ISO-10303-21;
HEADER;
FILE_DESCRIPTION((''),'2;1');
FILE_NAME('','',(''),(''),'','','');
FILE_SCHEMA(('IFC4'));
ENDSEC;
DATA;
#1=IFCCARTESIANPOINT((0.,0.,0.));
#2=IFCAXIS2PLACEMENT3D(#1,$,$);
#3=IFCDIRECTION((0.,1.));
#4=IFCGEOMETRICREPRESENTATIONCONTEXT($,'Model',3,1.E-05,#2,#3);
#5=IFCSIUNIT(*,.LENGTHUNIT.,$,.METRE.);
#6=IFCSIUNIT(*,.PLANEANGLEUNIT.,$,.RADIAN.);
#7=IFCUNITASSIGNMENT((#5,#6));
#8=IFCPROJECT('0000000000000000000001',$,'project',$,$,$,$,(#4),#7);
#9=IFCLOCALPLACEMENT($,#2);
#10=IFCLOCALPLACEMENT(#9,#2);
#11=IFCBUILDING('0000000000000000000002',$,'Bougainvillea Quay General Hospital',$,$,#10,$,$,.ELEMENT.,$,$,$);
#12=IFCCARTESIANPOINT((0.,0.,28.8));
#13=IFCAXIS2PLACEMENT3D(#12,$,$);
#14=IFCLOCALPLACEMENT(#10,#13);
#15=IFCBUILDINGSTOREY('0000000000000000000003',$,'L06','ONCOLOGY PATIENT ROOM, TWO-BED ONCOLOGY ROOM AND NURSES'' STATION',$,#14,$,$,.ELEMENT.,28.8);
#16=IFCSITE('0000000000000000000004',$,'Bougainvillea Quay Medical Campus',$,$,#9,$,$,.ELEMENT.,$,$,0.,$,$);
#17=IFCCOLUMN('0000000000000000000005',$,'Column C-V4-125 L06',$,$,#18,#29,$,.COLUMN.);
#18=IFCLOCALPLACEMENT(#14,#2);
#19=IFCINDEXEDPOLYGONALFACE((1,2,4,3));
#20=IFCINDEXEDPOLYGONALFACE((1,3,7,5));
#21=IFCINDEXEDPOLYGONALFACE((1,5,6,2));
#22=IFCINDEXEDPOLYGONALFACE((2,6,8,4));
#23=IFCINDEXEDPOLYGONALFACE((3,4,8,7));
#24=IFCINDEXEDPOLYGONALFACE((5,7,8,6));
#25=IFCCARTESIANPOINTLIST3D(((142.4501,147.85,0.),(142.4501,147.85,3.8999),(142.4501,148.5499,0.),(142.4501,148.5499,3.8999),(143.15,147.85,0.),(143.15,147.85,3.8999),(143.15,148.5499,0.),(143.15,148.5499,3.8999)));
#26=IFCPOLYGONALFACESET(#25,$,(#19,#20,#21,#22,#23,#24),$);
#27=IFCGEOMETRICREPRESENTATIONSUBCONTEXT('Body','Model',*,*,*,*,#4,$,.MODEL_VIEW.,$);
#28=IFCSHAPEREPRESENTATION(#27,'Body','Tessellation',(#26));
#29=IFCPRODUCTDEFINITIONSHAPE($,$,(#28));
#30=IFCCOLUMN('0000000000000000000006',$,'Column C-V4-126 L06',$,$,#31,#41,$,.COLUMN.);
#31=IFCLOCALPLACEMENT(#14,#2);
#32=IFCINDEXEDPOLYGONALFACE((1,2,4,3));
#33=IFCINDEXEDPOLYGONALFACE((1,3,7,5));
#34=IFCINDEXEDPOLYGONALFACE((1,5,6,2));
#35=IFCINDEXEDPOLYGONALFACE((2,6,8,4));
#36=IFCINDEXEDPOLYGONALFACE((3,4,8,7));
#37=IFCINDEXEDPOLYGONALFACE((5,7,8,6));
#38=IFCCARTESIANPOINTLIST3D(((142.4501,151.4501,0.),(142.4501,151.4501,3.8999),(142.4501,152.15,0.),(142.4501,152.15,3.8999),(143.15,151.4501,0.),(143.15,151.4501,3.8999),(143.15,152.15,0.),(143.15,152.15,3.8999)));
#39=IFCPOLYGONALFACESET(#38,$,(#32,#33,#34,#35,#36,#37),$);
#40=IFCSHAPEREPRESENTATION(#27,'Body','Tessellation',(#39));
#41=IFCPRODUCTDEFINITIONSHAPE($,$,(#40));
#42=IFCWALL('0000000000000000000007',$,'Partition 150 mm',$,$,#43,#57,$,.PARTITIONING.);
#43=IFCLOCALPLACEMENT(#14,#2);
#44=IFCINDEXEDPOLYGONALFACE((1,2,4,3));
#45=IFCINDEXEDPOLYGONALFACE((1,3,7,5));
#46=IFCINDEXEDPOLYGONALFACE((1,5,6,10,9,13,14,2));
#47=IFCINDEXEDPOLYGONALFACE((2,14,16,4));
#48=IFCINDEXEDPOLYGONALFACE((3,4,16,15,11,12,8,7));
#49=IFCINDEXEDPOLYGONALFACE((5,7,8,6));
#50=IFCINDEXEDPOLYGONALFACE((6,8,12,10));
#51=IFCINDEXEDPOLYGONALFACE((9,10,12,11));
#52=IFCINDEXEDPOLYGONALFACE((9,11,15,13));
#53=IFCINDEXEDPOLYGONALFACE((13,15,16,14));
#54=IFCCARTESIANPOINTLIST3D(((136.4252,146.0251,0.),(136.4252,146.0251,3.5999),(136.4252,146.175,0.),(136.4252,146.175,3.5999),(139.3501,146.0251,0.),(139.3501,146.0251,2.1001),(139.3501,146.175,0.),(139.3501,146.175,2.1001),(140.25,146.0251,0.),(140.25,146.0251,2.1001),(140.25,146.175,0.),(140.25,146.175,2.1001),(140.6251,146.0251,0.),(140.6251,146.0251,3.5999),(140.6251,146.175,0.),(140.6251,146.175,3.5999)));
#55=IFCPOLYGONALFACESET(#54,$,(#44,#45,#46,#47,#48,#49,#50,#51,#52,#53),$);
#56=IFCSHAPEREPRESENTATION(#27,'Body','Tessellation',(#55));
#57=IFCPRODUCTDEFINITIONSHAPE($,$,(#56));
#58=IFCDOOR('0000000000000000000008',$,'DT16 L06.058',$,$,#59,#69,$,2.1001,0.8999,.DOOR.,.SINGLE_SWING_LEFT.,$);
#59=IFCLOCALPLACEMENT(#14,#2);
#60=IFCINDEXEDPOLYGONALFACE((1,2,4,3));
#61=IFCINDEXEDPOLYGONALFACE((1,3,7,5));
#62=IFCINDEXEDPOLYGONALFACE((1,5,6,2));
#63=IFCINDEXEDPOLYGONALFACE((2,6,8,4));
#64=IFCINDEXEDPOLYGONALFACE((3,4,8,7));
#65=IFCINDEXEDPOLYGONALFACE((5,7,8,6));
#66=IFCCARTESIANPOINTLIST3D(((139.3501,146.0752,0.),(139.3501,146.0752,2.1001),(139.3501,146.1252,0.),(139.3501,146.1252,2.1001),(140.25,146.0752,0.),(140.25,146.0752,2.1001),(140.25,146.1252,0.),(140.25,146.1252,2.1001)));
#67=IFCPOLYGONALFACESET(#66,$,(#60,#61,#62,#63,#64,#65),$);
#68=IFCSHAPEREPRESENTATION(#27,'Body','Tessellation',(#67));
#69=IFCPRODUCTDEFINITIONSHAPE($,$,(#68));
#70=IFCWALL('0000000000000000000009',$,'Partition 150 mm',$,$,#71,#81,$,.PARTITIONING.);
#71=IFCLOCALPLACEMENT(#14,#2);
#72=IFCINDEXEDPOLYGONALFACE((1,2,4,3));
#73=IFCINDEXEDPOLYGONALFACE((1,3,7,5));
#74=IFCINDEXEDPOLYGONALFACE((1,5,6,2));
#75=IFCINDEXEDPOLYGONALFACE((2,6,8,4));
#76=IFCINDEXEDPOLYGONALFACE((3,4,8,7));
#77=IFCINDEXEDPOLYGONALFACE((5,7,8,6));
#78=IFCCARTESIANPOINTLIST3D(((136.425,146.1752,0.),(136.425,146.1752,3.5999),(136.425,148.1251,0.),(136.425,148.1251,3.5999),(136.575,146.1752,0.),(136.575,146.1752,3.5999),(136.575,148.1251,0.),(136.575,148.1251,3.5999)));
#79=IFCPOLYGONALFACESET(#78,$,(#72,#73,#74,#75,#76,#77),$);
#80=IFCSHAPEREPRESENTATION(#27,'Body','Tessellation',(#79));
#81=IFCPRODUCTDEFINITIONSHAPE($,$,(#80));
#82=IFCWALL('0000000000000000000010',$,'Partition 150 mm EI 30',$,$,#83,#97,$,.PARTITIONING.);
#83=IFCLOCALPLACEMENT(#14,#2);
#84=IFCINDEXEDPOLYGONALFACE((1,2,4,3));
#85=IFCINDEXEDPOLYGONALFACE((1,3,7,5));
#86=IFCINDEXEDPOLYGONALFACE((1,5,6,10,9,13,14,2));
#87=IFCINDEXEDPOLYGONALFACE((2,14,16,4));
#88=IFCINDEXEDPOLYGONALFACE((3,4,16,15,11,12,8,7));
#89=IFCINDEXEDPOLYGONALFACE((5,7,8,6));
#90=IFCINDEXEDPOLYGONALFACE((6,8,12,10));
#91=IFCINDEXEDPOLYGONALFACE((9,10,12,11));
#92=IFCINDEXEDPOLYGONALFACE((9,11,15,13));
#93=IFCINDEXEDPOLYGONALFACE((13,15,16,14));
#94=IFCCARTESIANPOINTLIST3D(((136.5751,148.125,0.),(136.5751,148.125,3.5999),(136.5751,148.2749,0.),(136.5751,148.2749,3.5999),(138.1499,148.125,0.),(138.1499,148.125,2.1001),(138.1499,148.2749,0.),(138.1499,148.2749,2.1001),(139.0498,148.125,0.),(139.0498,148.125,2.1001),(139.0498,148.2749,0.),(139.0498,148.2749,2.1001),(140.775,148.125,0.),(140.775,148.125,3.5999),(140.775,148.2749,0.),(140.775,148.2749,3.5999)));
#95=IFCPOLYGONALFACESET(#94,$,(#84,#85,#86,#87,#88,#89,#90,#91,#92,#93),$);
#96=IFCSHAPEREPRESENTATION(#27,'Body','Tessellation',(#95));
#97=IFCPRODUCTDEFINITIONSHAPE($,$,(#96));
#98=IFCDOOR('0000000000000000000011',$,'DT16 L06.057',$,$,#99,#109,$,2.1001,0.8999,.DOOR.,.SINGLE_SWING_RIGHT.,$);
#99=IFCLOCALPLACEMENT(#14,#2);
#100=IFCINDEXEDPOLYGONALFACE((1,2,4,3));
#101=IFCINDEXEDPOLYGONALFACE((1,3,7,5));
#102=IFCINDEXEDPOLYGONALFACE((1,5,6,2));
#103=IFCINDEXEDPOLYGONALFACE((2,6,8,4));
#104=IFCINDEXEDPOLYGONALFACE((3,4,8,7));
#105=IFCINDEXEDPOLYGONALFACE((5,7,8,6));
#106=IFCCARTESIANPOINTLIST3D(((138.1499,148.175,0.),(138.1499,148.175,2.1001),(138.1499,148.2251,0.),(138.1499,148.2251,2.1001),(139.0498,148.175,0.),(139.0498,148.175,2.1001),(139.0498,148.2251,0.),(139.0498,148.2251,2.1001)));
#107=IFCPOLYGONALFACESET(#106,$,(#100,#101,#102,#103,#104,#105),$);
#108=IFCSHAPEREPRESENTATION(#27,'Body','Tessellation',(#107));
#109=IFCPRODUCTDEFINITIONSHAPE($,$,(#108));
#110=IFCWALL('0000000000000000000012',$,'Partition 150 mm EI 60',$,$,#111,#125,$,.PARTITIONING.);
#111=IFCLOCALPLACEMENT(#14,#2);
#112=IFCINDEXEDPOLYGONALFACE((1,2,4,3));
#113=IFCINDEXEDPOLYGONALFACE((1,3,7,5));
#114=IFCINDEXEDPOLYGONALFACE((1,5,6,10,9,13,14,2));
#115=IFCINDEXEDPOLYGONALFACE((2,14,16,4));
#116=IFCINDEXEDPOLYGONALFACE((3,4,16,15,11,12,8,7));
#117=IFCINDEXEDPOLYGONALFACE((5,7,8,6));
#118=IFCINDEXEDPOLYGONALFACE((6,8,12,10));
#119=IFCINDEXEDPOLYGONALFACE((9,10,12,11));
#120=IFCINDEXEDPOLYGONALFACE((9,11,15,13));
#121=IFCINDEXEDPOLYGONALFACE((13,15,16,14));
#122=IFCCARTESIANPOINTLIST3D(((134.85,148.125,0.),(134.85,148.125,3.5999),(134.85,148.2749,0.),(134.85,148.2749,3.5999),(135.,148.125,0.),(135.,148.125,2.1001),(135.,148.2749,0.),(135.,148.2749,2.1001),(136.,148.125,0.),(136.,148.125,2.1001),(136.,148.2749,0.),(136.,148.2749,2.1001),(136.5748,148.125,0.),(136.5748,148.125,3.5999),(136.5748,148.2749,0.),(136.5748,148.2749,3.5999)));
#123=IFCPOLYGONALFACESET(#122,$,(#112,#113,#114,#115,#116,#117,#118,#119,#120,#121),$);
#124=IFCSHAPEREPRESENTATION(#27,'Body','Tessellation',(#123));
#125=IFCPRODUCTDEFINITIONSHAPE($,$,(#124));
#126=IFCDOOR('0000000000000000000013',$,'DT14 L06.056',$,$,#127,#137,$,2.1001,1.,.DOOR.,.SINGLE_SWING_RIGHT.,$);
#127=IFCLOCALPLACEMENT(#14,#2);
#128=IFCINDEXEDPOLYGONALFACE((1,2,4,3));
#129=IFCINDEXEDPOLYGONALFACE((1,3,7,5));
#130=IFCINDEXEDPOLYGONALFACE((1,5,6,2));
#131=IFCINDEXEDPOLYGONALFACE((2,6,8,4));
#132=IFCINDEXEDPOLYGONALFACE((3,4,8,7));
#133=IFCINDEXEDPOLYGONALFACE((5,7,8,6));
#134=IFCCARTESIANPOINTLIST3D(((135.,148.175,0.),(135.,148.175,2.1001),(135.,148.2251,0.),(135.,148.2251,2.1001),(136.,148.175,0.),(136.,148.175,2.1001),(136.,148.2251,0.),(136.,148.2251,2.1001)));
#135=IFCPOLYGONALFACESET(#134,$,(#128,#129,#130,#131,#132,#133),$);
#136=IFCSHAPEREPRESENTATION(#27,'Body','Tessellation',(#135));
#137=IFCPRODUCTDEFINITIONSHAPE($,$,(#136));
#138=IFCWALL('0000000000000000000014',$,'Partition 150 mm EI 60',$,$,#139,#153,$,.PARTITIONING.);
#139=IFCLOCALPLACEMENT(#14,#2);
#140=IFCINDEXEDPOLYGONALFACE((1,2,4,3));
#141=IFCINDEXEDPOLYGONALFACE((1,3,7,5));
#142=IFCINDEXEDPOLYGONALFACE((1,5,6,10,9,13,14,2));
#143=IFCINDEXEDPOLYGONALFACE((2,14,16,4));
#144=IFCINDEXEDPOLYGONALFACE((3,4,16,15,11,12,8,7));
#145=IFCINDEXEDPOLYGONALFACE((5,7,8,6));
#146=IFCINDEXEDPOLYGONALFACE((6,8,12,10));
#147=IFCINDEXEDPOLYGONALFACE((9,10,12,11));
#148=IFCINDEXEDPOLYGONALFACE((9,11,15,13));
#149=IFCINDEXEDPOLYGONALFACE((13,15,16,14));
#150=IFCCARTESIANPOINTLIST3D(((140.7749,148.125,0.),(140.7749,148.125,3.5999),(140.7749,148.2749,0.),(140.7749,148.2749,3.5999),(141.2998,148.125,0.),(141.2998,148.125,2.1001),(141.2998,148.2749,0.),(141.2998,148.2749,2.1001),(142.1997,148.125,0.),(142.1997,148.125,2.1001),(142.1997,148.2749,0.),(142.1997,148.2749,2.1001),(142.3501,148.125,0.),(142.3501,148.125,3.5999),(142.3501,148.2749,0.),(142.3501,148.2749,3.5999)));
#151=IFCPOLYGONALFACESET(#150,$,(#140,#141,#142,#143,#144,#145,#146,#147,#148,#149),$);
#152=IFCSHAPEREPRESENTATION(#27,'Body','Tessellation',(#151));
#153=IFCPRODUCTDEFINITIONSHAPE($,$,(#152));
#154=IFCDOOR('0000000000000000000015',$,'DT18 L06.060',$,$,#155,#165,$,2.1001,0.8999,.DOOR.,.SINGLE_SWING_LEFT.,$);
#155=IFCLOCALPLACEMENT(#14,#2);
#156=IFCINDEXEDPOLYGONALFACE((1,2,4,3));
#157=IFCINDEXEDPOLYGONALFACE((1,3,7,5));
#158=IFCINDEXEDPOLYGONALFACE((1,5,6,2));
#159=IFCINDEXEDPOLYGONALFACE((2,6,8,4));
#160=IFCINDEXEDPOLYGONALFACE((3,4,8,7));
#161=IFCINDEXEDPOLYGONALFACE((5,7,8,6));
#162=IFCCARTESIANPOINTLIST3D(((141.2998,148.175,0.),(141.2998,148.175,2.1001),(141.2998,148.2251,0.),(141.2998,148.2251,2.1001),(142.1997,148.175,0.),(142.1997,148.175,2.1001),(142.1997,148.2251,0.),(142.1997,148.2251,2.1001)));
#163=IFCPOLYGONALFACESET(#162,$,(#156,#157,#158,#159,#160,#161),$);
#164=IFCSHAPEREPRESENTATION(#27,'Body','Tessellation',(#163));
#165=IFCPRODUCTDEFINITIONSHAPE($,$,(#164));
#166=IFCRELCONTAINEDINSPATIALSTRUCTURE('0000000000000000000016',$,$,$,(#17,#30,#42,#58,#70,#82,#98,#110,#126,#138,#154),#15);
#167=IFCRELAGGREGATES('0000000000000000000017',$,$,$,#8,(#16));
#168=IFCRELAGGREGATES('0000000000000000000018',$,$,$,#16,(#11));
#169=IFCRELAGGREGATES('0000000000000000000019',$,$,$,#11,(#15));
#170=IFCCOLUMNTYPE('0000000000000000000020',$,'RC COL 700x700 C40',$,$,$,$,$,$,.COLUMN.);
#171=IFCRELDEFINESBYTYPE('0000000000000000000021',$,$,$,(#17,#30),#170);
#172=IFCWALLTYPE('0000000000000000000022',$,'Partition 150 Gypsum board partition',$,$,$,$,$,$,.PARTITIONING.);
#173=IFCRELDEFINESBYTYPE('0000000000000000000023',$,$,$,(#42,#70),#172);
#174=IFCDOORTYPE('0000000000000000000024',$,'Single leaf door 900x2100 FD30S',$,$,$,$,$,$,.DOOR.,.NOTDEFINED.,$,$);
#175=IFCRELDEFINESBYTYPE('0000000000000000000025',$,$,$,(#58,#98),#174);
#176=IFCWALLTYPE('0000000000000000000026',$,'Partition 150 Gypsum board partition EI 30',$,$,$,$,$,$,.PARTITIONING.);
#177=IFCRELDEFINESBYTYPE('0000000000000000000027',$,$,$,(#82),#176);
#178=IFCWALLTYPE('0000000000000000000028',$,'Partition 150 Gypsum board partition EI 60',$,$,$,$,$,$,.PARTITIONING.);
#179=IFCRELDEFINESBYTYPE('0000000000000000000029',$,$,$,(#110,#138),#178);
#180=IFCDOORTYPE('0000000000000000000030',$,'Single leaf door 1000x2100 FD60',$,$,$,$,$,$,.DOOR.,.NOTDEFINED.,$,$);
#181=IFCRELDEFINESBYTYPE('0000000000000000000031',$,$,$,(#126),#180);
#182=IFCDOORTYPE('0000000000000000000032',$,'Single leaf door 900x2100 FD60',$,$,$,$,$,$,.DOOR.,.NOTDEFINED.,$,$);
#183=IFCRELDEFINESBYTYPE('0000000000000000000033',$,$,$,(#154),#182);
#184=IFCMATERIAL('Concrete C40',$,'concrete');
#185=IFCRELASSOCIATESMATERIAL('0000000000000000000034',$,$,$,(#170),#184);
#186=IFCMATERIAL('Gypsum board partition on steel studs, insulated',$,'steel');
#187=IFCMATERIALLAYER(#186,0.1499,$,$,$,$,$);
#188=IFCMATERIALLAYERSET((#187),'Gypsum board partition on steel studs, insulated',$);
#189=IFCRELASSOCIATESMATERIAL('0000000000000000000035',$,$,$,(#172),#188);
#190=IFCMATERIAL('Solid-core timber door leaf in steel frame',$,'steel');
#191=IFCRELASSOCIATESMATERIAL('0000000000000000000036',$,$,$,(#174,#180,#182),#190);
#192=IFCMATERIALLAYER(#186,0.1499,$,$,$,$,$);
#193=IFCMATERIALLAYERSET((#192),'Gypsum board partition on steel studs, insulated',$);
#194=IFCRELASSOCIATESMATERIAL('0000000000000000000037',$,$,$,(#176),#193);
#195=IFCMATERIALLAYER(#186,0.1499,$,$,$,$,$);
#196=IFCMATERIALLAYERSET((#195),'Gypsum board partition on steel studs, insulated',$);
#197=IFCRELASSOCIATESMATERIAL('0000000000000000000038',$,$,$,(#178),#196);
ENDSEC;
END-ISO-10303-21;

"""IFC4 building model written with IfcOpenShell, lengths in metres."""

from ifc_helpers import new_model, si_unit, direction, frame, frame_2d, origin, origin_2d, place, context, subcontext, project, spatial, rectangle, extrude, material, layer, layer_set, material_profile, profile_set, type_object, element, fill, save


model = new_model("IFC4")

# Units and contexts
model_context = context("Model", 3, precision=1e-05, world=origin(), true_north=direction((0.0, 1.0)))
body_context = subcontext(model_context, "Body", "Model", "MODEL_VIEW")
ifc_project = project(units=[si_unit("LENGTHUNIT", "METRE"), si_unit("PLANEANGLEUNIT", "RADIAN")], contexts=[model_context])

# Site, building, storey
site_placement = place(None, origin())
site = spatial("IfcSite", under=ifc_project, at=site_placement, Name="Bougainvillea Quay Medical Campus", CompositionType="ELEMENT", RefElevation=0.0)
building_placement = place(site_placement, origin())
building = spatial("IfcBuilding", under=site, at=building_placement, Name="Bougainvillea Quay General Hospital", CompositionType="ELEMENT")
storey_placement = place(building_placement, frame((0.0, 0.0, 28.8)))
storey = spatial("IfcBuildingStorey", under=building, at=storey_placement, Name="L06", Description="ONCOLOGY PATIENT ROOM, TWO-BED ONCOLOGY ROOM AND NURSES' STATION", CompositionType="ELEMENT", Elevation=28.8)

# Columns
ifc_material_1 = material(Name="Concrete C40", Category="concrete")
ifc_material_profile = material_profile(ifc_material_1, rectangle(XDim=0.7, YDim=0.7, at=origin_2d()))
ifc_profile_set = profile_set([ifc_material_profile], Name="Concrete C40")
column_type = type_object("IfcColumnType", Name="RC COL 700x700 C40", PredefinedType="COLUMN", material=ifc_profile_set)
for number, where, z_axis, x_axis, name in (
    (1, (142.8, 148.2, 0.0), (0.0, 0.0, 1.0), (1.0, 0.0, 0.0), "Column C-V4-125 L06"),
    (2, (142.8, 151.8, 0.0), (0.0, 0.0, 1.0), (1.0, 0.0, 0.0), "Column C-V4-126 L06"),
):
    element("IfcColumn", number, at=place(storey_placement, frame(where, z_axis=z_axis, x_axis=x_axis)), inside=storey, type_object=column_type, Name=name, PredefinedType="COLUMN", context=body_context, shape_type="SweptSolid", body=[
        extrude(rectangle(XDim=0.7, YDim=0.7, at=origin_2d()), origin(), (0.0, 0.0, 1.0), 3.8999),
    ])

# Wall, opening, door
ifc_material_2 = material(Name="Gypsum board partition on steel studs, insulated", Category="steel")
ifc_layer_1 = layer(ifc_material_2, 0.1499)
ifc_layer_set_1 = layer_set([ifc_layer_1], Name="Gypsum board partition on steel studs, insulated")
wall_type_1 = type_object("IfcWallType", Name="Partition 150 Gypsum board partition", PredefinedType="PARTITIONING", material=ifc_layer_set_1)
wall_1_placement = place(storey_placement, frame((136.425, 146.1001, 0.0), z_axis=(0.0, 0.0, 1.0), x_axis=(1.0, 0.0, 0.0)))
wall_1 = element("IfcWall", 3, at=wall_1_placement, inside=storey, type_object=wall_type_1, Name="Partition 150 mm", PredefinedType="PARTITIONING", context=body_context, shape_type="SweptSolid", body=[
    extrude(rectangle(XDim=4.2, YDim=0.1499, at=frame_2d((2.1001, 0.0))), origin(), (0.0, 0.0, 1.0), 3.5999),
])
opening_1_placement = place(wall_1_placement, frame((2.925, 0.0, 0.0)))
opening_1 = element("IfcOpeningElement", 4, at=opening_1_placement, cuts=wall_1, PredefinedType="OPENING", context=body_context, shape_type="SweptSolid", body=[
    extrude(rectangle(XDim=0.8999, YDim=2.1001, at=frame_2d((0.45, 1.05))), frame((0.0, 0.085, 0.0), z_axis=(0.0, -1.0, 0.0), x_axis=(1.0, 0.0, 0.0)), (0.0, 0.0, 1.0), 0.1699),
])
ifc_material_3 = material(Name="Solid-core timber door leaf in steel frame", Category="steel")
door_type_1 = type_object("IfcDoorType", Name="Single leaf door 900x2100 FD30S", OperationType="NOTDEFINED", PredefinedType="DOOR", material=ifc_material_3)
door_1_placement = place(opening_1_placement, frame((0.8999, 0.0, 0.0), z_axis=(0.0, 0.0, 1.0), x_axis=(-1.0, 0.0, 0.0)))
door_1 = element("IfcDoor", 5, at=door_1_placement, inside=storey, type_object=door_type_1, Name="DT16 L06.058", OperationType="SINGLE_SWING_LEFT", OverallHeight=2.1001, OverallWidth=0.8999, PredefinedType="DOOR", context=body_context, shape_type="SweptSolid", body=[
    extrude(rectangle(XDim=0.8999, YDim=2.1001, at=frame_2d((0.45, 1.05))), frame((0.0, 0.0249, 0.0), z_axis=(0.0, -1.0, 0.0), x_axis=(1.0, 0.0, 0.0)), (0.0, 0.0, 1.0), 0.05),
])
fill(opening_1, door_1)

# Wall
wall_2_placement = place(storey_placement, frame((136.5, 146.175, 0.0), z_axis=(0.0, 0.0, 1.0), x_axis=(0.0, 1.0, 0.0)))
element("IfcWall", 6, at=wall_2_placement, inside=storey, type_object=wall_type_1, Name="Partition 150 mm", PredefinedType="PARTITIONING", context=body_context, shape_type="SweptSolid", body=[
    extrude(rectangle(XDim=1.95, YDim=0.1499, at=frame_2d((0.9751, 0.0))), origin(), (0.0, 0.0, 1.0), 3.5999),
])

# Walls, openings, doors
ifc_layer_2 = layer(ifc_material_2, 0.1499)
ifc_layer_set_2 = layer_set([ifc_layer_2], Name="Gypsum board partition on steel studs, insulated")
wall_type_2 = type_object("IfcWallType", Name="Partition 150 Gypsum board partition EI 30", PredefinedType="PARTITIONING", material=ifc_layer_set_2)
wall_3_placement = place(storey_placement, frame((136.575, 148.2, 0.0), z_axis=(0.0, 0.0, 1.0), x_axis=(1.0, 0.0, 0.0)))
wall_3 = element("IfcWall", 7, at=wall_3_placement, inside=storey, type_object=wall_type_2, Name="Partition 150 mm EI 30", PredefinedType="PARTITIONING", context=body_context, shape_type="SweptSolid", body=[
    extrude(rectangle(XDim=4.2, YDim=0.1499, at=frame_2d((2.1001, 0.0))), origin(), (0.0, 0.0, 1.0), 3.5999),
])
opening_2_placement = place(wall_3_placement, frame((1.575, 0.0, 0.0)))
opening_2 = element("IfcOpeningElement", 8, at=opening_2_placement, cuts=wall_3, PredefinedType="OPENING", context=body_context, shape_type="SweptSolid", body=[
    extrude(rectangle(XDim=0.8999, YDim=2.1001, at=frame_2d((0.45, 1.05))), frame((0.0, 0.085, 0.0), z_axis=(0.0, -1.0, 0.0), x_axis=(1.0, 0.0, 0.0)), (0.0, 0.0, 1.0), 0.1699),
])
door_2_placement = place(opening_2_placement, frame((0.8999, 0.0, 0.0), z_axis=(0.0, 0.0, 1.0), x_axis=(-1.0, 0.0, 0.0)))
door_2 = element("IfcDoor", 9, at=door_2_placement, inside=storey, type_object=door_type_1, Name="DT16 L06.057", OperationType="SINGLE_SWING_RIGHT", OverallHeight=2.1001, OverallWidth=0.8999, PredefinedType="DOOR", context=body_context, shape_type="SweptSolid", body=[
    extrude(rectangle(XDim=0.8999, YDim=2.1001, at=frame_2d((0.45, 1.05))), frame((0.0, 0.0249, 0.0), z_axis=(0.0, -1.0, 0.0), x_axis=(1.0, 0.0, 0.0)), (0.0, 0.0, 1.0), 0.05),
])
fill(opening_2, door_2)
ifc_layer_3 = layer(ifc_material_2, 0.1499)
ifc_layer_set_3 = layer_set([ifc_layer_3], Name="Gypsum board partition on steel studs, insulated")
wall_type_3 = type_object("IfcWallType", Name="Partition 150 Gypsum board partition EI 60", PredefinedType="PARTITIONING", material=ifc_layer_set_3)
wall_4_placement = place(storey_placement, frame((134.8501, 148.2, 0.0), z_axis=(0.0, 0.0, 1.0), x_axis=(1.0, 0.0, 0.0)))
wall_4 = element("IfcWall", 10, at=wall_4_placement, inside=storey, type_object=wall_type_3, Name="Partition 150 mm EI 60", PredefinedType="PARTITIONING", context=body_context, shape_type="SweptSolid", body=[
    extrude(rectangle(XDim=1.7249, YDim=0.1499, at=frame_2d((0.8623, 0.0))), origin(), (0.0, 0.0, 1.0), 3.5999),
])
opening_3_placement = place(wall_4_placement, frame((0.1499, 0.0, 0.0)))
opening_3 = element("IfcOpeningElement", 11, at=opening_3_placement, cuts=wall_4, PredefinedType="OPENING", context=body_context, shape_type="SweptSolid", body=[
    extrude(rectangle(XDim=1.0, YDim=2.1001, at=frame_2d((0.5, 1.05))), frame((0.0, 0.085, 0.0), z_axis=(0.0, -1.0, 0.0), x_axis=(1.0, 0.0, 0.0)), (0.0, 0.0, 1.0), 0.1699),
])
door_type_2 = type_object("IfcDoorType", Name="Single leaf door 1000x2100 FD60", OperationType="NOTDEFINED", PredefinedType="DOOR", material=ifc_material_3)
door_3_placement = place(opening_3_placement, frame((1.0, 0.0, 0.0), z_axis=(0.0, 0.0, 1.0), x_axis=(-1.0, 0.0, 0.0)))
door_3 = element("IfcDoor", 12, at=door_3_placement, inside=storey, type_object=door_type_2, Name="DT14 L06.056", OperationType="SINGLE_SWING_RIGHT", OverallHeight=2.1001, OverallWidth=1.0, PredefinedType="DOOR", context=body_context, shape_type="SweptSolid", body=[
    extrude(rectangle(XDim=1.0, YDim=2.1001, at=frame_2d((0.5, 1.05))), frame((0.0, 0.0249, 0.0), z_axis=(0.0, -1.0, 0.0), x_axis=(1.0, 0.0, 0.0)), (0.0, 0.0, 1.0), 0.05),
])
fill(opening_3, door_3)
wall_5_placement = place(storey_placement, frame((140.7749, 148.2, 0.0), z_axis=(0.0, 0.0, 1.0), x_axis=(1.0, 0.0, 0.0)))
wall_5 = element("IfcWall", 13, at=wall_5_placement, inside=storey, type_object=wall_type_3, Name="Partition 150 mm EI 60", PredefinedType="PARTITIONING", context=body_context, shape_type="SweptSolid", body=[
    extrude(rectangle(XDim=1.5752, YDim=0.1499, at=frame_2d((0.7876, 0.0))), origin(), (0.0, 0.0, 1.0), 3.5999),
])
opening_4_placement = place(wall_5_placement, frame((0.5249, 0.0, 0.0)))
opening_4 = element("IfcOpeningElement", 14, at=opening_4_placement, cuts=wall_5, PredefinedType="OPENING", context=body_context, shape_type="SweptSolid", body=[
    extrude(rectangle(XDim=0.8999, YDim=2.1001, at=frame_2d((0.45, 1.05))), frame((0.0, 0.085, 0.0), z_axis=(0.0, -1.0, 0.0), x_axis=(1.0, 0.0, 0.0)), (0.0, 0.0, 1.0), 0.1699),
])
door_type_3 = type_object("IfcDoorType", Name="Single leaf door 900x2100 FD60", OperationType="NOTDEFINED", PredefinedType="DOOR", material=ifc_material_3)
door_4_placement = place(opening_4_placement, frame((0.8999, 0.0, 0.0), z_axis=(0.0, 0.0, 1.0), x_axis=(-1.0, 0.0, 0.0)))
door_4 = element("IfcDoor", 15, at=door_4_placement, inside=storey, type_object=door_type_3, Name="DT18 L06.060", OperationType="SINGLE_SWING_LEFT", OverallHeight=2.1001, OverallWidth=0.8999, PredefinedType="DOOR", context=body_context, shape_type="SweptSolid", body=[
    extrude(rectangle(XDim=0.8999, YDim=2.1001, at=frame_2d((0.45, 1.05))), frame((0.0, 0.0249, 0.0), z_axis=(0.0, -1.0, 0.0), x_axis=(1.0, 0.0, 0.0)), (0.0, 0.0, 1.0), 0.05),
])
fill(opening_4, door_4)

save(model, "model.ifc")
